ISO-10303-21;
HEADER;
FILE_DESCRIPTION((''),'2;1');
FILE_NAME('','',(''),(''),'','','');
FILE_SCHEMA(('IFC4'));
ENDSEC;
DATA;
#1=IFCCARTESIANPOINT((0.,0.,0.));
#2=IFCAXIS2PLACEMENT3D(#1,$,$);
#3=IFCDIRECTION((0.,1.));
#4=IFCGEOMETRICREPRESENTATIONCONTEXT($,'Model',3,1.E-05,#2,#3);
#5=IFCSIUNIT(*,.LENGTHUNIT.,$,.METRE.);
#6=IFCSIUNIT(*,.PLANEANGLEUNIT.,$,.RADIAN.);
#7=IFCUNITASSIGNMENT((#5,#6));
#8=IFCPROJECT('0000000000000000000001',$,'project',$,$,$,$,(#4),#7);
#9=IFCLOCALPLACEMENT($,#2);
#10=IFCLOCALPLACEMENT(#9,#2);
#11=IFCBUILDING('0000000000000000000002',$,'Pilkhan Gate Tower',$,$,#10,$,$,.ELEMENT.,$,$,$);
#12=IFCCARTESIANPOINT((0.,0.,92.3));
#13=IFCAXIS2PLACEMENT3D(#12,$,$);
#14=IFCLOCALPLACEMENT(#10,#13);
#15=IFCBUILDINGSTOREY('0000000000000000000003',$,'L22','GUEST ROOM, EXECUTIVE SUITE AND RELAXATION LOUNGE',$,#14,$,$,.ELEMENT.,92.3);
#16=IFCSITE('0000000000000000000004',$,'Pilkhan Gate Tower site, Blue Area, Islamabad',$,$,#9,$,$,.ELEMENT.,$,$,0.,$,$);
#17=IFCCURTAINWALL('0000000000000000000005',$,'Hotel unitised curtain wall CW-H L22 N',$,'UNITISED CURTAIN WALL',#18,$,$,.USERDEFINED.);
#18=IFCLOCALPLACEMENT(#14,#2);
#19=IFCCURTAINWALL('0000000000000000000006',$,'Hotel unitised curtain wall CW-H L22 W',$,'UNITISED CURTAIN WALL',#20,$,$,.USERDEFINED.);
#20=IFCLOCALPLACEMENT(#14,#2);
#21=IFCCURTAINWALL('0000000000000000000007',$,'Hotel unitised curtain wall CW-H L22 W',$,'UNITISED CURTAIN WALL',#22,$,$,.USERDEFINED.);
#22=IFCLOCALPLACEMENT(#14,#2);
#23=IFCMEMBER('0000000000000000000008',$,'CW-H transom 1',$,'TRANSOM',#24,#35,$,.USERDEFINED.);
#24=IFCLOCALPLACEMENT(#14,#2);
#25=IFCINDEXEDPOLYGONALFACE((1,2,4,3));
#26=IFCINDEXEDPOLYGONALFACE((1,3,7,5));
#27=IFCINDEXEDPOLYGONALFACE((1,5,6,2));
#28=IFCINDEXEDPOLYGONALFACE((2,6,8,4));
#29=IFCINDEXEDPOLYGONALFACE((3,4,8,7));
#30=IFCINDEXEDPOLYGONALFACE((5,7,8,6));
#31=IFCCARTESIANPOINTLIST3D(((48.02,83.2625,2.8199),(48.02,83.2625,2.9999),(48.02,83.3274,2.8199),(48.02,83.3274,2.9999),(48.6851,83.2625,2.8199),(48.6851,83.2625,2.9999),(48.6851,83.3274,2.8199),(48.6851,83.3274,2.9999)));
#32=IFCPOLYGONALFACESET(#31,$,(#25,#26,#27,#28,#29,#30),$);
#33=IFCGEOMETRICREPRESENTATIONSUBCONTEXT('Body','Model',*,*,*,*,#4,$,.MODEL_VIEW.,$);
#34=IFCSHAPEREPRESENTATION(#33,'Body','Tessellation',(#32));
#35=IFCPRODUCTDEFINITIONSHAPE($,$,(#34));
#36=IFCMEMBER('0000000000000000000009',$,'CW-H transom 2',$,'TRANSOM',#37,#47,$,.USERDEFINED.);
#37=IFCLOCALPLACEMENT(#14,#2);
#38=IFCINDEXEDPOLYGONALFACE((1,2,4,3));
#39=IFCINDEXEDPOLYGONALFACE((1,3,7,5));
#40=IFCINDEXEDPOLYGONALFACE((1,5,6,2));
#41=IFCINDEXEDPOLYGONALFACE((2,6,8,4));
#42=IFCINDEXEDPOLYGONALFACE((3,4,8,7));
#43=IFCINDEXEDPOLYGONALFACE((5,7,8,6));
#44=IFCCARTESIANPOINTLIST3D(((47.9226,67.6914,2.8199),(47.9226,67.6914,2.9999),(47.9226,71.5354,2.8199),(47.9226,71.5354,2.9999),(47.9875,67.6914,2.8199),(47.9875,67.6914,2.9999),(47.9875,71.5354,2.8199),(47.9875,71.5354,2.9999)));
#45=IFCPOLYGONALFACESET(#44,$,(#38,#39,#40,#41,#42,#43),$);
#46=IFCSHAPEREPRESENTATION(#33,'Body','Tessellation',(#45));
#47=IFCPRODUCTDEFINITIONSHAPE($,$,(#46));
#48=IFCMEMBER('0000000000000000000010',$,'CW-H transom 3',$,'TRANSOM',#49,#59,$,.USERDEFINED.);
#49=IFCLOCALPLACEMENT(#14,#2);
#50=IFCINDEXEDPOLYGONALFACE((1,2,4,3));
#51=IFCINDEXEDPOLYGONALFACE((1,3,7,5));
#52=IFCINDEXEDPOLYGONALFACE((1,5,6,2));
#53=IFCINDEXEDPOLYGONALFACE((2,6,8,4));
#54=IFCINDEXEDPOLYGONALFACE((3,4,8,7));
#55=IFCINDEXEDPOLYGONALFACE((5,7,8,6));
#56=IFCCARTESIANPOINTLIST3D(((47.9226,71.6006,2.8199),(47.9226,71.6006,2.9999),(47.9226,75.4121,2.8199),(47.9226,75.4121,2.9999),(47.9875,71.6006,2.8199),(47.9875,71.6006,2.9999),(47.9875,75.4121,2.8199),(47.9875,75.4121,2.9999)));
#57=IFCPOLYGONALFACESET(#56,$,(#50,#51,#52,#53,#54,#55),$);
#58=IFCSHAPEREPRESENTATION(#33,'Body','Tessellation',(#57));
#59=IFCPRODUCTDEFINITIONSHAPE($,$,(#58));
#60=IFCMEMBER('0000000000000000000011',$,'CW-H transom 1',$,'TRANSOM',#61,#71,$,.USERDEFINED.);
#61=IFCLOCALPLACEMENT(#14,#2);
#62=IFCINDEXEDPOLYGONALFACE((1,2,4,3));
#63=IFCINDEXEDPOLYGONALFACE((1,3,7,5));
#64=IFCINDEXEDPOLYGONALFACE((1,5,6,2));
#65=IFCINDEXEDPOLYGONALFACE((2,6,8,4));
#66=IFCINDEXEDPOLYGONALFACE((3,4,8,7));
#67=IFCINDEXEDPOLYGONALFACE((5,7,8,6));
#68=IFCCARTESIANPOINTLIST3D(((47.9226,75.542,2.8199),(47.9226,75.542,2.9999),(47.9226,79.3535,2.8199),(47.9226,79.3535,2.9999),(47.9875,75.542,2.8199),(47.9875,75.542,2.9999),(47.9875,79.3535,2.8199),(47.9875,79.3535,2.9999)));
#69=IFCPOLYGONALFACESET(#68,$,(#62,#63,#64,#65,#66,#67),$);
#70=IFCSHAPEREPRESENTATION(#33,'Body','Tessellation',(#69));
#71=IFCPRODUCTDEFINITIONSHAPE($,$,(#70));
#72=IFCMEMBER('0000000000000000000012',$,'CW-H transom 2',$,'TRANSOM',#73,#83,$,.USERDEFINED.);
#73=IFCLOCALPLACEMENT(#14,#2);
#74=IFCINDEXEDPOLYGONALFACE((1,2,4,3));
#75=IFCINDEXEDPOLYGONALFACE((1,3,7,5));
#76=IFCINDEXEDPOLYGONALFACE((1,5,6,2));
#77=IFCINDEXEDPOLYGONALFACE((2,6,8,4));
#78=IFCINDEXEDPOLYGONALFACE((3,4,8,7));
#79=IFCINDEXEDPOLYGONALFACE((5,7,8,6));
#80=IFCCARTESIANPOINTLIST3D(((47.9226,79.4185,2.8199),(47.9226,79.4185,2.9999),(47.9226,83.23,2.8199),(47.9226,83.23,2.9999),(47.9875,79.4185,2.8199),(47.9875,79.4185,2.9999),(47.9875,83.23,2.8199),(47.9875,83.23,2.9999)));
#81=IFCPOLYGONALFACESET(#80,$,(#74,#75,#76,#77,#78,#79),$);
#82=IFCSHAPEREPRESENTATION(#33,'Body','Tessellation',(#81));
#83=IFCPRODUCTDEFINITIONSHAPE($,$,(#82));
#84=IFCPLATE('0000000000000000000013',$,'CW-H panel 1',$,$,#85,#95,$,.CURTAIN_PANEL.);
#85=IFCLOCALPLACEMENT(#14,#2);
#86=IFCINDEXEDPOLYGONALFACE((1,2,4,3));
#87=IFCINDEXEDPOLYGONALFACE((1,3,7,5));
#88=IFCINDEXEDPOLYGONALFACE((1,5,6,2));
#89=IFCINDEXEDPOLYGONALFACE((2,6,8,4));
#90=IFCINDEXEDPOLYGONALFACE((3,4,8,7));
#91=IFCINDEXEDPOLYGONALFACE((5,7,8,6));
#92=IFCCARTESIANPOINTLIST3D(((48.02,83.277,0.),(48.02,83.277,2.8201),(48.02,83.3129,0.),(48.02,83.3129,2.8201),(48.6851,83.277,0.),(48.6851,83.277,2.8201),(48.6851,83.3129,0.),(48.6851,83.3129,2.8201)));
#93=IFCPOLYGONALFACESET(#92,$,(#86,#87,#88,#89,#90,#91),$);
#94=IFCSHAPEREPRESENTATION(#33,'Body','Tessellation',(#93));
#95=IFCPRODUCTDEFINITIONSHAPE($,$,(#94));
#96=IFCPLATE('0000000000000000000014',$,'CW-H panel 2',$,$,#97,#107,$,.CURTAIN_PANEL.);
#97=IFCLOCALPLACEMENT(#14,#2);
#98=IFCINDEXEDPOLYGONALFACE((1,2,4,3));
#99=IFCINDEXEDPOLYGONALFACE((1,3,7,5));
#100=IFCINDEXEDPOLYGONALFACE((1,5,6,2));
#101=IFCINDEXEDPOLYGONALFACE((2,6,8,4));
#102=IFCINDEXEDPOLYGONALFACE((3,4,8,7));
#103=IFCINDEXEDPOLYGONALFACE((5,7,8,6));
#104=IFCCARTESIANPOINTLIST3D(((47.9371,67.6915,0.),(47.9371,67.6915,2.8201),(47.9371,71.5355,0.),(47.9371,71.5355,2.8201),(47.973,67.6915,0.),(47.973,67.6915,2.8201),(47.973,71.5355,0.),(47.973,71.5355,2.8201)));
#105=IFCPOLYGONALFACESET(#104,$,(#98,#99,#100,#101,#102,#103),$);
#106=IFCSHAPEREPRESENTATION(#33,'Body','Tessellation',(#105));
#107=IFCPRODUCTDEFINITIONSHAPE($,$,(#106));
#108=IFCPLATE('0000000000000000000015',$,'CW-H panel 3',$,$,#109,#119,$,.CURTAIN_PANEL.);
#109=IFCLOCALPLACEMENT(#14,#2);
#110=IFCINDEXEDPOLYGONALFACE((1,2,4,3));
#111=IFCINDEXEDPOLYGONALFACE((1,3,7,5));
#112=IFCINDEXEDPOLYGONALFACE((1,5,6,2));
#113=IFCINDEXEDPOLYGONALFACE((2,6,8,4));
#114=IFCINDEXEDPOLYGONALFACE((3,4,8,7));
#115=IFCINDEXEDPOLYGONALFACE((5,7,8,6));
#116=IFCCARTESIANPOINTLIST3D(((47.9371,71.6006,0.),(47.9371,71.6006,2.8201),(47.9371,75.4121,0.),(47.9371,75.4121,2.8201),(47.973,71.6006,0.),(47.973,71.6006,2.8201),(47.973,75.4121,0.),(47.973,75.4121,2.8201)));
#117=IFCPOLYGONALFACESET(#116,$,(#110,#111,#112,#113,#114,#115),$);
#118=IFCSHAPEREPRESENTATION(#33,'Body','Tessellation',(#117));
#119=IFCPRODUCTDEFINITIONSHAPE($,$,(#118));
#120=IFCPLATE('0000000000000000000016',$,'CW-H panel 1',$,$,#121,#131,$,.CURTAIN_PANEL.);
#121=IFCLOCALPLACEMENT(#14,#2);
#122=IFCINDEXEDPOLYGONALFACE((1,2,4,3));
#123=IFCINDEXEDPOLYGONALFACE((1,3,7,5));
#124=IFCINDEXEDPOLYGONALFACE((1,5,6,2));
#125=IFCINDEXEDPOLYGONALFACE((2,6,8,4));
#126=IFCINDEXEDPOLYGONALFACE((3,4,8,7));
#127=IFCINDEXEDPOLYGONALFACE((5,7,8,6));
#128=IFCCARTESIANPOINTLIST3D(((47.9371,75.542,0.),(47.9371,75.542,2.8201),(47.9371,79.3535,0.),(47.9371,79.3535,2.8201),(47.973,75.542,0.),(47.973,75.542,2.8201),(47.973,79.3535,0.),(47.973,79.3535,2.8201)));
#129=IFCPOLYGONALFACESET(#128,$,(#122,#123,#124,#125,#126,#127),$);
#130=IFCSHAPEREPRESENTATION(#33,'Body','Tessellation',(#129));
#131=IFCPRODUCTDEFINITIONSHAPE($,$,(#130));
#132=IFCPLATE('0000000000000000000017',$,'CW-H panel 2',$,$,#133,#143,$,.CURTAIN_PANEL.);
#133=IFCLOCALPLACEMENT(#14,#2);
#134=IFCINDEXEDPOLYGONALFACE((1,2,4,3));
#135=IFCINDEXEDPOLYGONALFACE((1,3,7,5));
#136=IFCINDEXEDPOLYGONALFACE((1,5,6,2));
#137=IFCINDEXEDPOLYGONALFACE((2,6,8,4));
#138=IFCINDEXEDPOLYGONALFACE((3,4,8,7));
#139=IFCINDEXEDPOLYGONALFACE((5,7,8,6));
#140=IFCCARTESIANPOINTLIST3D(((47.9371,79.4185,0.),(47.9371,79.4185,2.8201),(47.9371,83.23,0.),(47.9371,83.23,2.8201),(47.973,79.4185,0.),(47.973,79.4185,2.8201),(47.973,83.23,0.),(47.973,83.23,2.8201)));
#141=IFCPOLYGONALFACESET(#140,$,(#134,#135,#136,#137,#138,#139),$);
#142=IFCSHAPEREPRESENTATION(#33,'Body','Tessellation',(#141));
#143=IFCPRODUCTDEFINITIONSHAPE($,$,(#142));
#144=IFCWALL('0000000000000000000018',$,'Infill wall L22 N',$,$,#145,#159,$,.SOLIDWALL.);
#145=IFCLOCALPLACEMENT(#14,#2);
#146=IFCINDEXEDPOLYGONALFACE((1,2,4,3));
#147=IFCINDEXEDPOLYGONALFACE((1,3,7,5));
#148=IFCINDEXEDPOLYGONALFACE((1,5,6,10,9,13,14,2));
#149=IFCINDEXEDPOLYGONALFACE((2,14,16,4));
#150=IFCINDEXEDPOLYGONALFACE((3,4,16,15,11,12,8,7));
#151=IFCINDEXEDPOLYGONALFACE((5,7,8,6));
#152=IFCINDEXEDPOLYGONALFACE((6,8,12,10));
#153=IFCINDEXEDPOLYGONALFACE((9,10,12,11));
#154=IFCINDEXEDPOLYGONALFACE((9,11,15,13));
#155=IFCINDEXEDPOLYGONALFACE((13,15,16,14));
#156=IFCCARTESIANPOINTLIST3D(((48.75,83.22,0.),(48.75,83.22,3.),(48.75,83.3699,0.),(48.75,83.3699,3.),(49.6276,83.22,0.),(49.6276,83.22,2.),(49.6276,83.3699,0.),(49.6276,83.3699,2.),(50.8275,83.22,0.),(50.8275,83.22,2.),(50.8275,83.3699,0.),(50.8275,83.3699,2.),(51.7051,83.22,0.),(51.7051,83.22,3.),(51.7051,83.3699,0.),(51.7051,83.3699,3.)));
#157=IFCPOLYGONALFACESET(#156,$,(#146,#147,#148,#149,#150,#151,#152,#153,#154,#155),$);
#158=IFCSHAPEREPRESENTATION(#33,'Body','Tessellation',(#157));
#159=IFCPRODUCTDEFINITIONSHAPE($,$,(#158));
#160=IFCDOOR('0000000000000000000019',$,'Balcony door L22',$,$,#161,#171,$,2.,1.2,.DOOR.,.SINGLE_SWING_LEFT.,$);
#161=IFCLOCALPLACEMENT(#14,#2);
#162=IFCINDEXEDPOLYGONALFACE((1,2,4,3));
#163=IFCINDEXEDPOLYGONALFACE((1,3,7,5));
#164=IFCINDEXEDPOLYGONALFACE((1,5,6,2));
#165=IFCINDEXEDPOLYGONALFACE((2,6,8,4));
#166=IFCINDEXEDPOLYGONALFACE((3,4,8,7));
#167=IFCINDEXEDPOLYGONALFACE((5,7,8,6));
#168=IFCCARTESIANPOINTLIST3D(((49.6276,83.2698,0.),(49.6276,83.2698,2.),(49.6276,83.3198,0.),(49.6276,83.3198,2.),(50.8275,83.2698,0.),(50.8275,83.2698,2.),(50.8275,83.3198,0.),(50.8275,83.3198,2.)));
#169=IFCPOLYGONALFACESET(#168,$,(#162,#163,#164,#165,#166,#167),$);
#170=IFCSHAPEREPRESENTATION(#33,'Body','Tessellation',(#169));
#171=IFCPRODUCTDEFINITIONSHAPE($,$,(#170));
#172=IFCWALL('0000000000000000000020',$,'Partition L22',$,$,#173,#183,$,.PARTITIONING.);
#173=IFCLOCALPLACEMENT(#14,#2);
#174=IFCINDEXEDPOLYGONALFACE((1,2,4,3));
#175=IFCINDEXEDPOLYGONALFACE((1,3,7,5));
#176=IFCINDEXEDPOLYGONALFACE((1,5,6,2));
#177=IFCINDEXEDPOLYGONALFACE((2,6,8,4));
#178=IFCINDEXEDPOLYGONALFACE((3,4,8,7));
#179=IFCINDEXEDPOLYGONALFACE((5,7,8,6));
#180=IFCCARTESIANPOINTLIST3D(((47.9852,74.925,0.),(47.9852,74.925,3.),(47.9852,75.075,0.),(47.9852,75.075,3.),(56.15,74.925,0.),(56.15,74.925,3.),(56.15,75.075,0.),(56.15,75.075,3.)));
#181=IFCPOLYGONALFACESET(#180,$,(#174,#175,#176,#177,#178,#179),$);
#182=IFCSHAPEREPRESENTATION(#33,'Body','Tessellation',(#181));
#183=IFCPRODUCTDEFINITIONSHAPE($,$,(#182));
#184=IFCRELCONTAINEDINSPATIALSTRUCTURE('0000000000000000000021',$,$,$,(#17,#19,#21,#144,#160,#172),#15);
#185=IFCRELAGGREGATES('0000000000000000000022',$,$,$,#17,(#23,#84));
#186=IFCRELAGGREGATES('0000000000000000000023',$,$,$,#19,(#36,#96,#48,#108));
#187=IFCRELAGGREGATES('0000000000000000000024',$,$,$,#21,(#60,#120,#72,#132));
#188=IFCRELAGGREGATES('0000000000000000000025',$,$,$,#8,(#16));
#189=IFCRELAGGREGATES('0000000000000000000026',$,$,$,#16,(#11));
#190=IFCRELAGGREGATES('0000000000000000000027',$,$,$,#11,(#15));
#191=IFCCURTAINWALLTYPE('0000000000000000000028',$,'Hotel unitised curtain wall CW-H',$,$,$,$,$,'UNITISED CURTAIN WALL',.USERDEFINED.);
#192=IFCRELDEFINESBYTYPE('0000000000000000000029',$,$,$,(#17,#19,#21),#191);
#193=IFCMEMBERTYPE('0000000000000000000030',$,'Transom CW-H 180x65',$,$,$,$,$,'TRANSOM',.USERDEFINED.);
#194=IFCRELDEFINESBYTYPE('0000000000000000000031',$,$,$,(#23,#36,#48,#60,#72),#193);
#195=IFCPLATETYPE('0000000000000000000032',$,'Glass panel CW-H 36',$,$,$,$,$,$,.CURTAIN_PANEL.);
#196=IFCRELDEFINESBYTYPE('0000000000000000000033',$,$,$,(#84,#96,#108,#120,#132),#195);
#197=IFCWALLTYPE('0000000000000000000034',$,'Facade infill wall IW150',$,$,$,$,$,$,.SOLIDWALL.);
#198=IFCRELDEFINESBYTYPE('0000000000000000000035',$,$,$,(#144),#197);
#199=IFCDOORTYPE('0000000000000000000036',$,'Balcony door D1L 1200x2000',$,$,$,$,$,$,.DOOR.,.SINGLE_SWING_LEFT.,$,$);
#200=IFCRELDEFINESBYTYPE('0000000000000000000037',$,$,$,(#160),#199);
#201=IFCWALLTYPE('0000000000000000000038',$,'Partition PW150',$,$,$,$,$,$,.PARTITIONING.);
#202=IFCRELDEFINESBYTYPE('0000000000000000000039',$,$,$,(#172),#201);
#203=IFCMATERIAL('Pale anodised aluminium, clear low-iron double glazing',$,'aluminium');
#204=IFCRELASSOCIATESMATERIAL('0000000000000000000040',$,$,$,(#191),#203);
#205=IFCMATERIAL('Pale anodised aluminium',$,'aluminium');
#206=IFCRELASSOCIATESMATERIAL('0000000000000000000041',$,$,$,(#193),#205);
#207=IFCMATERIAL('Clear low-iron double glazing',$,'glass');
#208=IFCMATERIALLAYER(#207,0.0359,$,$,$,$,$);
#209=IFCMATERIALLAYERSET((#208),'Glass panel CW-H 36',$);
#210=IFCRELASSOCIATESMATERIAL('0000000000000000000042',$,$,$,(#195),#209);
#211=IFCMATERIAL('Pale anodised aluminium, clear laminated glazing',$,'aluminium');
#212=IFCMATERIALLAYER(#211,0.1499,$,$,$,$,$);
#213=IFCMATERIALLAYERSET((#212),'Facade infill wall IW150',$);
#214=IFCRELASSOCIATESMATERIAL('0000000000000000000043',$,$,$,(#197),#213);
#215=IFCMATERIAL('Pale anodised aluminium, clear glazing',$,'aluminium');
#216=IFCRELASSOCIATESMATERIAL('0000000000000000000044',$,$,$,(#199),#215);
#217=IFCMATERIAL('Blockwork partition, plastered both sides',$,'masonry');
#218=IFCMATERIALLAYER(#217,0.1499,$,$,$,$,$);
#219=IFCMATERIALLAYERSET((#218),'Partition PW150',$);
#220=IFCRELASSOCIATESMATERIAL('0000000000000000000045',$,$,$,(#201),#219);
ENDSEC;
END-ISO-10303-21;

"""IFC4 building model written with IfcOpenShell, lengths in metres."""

from ifc_helpers import new_model, si_unit, direction, frame, frame_2d, origin, origin_2d, place, context, subcontext, project, spatial, rectangle, extrude, material, layer, layer_set, material_profile, profile_set, type_object, element, fill, aggregate, save


model = new_model("IFC4")

# Units and contexts
model_context = context("Model", 3, precision=1e-05, world=origin(), true_north=direction((0.0, 1.0)))
body_context = subcontext(model_context, "Body", "Model", "MODEL_VIEW")
ifc_project = project(units=[si_unit("LENGTHUNIT", "METRE"), si_unit("PLANEANGLEUNIT", "RADIAN")], contexts=[model_context])

# Site, building, storey
site_placement = place(None, origin())
site = spatial("IfcSite", under=ifc_project, at=site_placement, Name="Pilkhan Gate Tower site, Blue Area, Islamabad", CompositionType="ELEMENT", RefElevation=0.0)
building_placement = place(site_placement, origin())
building = spatial("IfcBuilding", under=site, at=building_placement, Name="Pilkhan Gate Tower", CompositionType="ELEMENT")
storey_placement = place(building_placement, frame((0.0, 0.0, 92.3)))
storey = spatial("IfcBuildingStorey", under=building, at=storey_placement, Name="L22", Description="GUEST ROOM, EXECUTIVE SUITE AND RELAXATION LOUNGE", CompositionType="ELEMENT", Elevation=92.3)

# Curtain walls
ifc_material_1 = material(Name="Pale anodised aluminium, clear low-iron double glazing", Category="aluminium")
curtain_wall_type = type_object("IfcCurtainWallType", Name="Hotel unitised curtain wall CW-H", ElementType="UNITISED CURTAIN WALL", PredefinedType="USERDEFINED", material=ifc_material_1)
curtain_wall_1_placement = place(storey_placement, origin())
curtain_wall_1 = element("IfcCurtainWall", 1, at=curtain_wall_1_placement, inside=storey, type_object=curtain_wall_type, Name="Hotel unitised curtain wall CW-H L22 N", ObjectType="UNITISED CURTAIN WALL", PredefinedType="USERDEFINED")
ifc_material_2 = material(Name="Pale anodised aluminium", Category="aluminium")
curtain_wall_2_placement = place(storey_placement, origin())
curtain_wall_2 = element("IfcCurtainWall", 2, at=curtain_wall_2_placement, inside=storey, type_object=curtain_wall_type, Name="Hotel unitised curtain wall CW-H L22 W", ObjectType="UNITISED CURTAIN WALL", PredefinedType="USERDEFINED")
curtain_wall_3_placement = place(storey_placement, origin())
curtain_wall_3 = element("IfcCurtainWall", 3, at=curtain_wall_3_placement, inside=storey, type_object=curtain_wall_type, Name="Hotel unitised curtain wall CW-H L22 W", ObjectType="UNITISED CURTAIN WALL", PredefinedType="USERDEFINED")

# Members
ifc_material_profile_1 = material_profile(ifc_material_2, rectangle(XDim=0.0649, YDim=0.1799, at=origin_2d()), Name="Transom 180x65")
ifc_profile_set_1 = profile_set([ifc_material_profile_1], Name="Pale anodised aluminium")
member_type_1 = type_object("IfcMemberType", Name="Transom CW-H 180x65", ElementType="TRANSOM", PredefinedType="USERDEFINED", material=ifc_profile_set_1)
member_1_placement = place(storey_placement, frame((48.02, 83.2949, 2.9099), z_axis=(1.0, 0.0, 0.0), x_axis=(0.0, 1.0, 0.0)))
member_1 = element("IfcMember", 4, at=member_1_placement, type_object=member_type_1, Name="CW-H transom 1", ObjectType="TRANSOM", PredefinedType="USERDEFINED", context=body_context, shape_type="SweptSolid", body=[
    extrude(rectangle(XDim=0.0649, YDim=0.1799, at=origin_2d()), origin(), (0.0, 0.0, 1.0), 0.665),
])
member_2_placement = place(storey_placement, frame((47.9551, 67.6914, 2.9099), z_axis=(0.0, 1.0, 0.0), x_axis=(-1.0, 0.0, 0.0)))
member_2 = element("IfcMember", 5, at=member_2_placement, type_object=member_type_1, Name="CW-H transom 2", ObjectType="TRANSOM", PredefinedType="USERDEFINED", context=body_context, shape_type="SweptSolid", body=[
    extrude(rectangle(XDim=0.0649, YDim=0.1799, at=origin_2d()), origin(), (0.0, 0.0, 1.0), 3.844),
])
member_3_placement = place(storey_placement, frame((47.9551, 71.6006, 2.9099), z_axis=(0.0, 1.0, 0.0), x_axis=(-1.0, 0.0, 0.0)))
member_3 = element("IfcMember", 6, at=member_3_placement, type_object=member_type_1, Name="CW-H transom 3", ObjectType="TRANSOM", PredefinedType="USERDEFINED", context=body_context, shape_type="SweptSolid", body=[
    extrude(rectangle(XDim=0.0649, YDim=0.1799, at=origin_2d()), origin(), (0.0, 0.0, 1.0), 3.8115),
])
member_4_placement = place(storey_placement, frame((47.9551, 75.542, 2.9099), z_axis=(0.0, 1.0, 0.0), x_axis=(-1.0, 0.0, 0.0)))
member_4 = element("IfcMember", 7, at=member_4_placement, type_object=member_type_1, Name="CW-H transom 1", ObjectType="TRANSOM", PredefinedType="USERDEFINED", context=body_context, shape_type="SweptSolid", body=[
    extrude(rectangle(XDim=0.0649, YDim=0.1799, at=origin_2d()), origin(), (0.0, 0.0, 1.0), 3.8115),
])
member_5_placement = place(storey_placement, frame((47.9551, 79.4185, 2.9099), z_axis=(0.0, 1.0, 0.0), x_axis=(-1.0, 0.0, 0.0)))
member_5 = element("IfcMember", 8, at=member_5_placement, type_object=member_type_1, Name="CW-H transom 2", ObjectType="TRANSOM", PredefinedType="USERDEFINED", context=body_context, shape_type="SweptSolid", body=[
    extrude(rectangle(XDim=0.0649, YDim=0.1799, at=origin_2d()), origin(), (0.0, 0.0, 1.0), 3.8115),
])

# Plates
ifc_material_3 = material(Name="Clear low-iron double glazing", Category="glass")
ifc_layer_1 = layer(ifc_material_3, 0.0359)
ifc_layer_set_1 = layer_set([ifc_layer_1], Name="Glass panel CW-H 36")
plate_type = type_object("IfcPlateType", Name="Glass panel CW-H 36", PredefinedType="CURTAIN_PANEL", material=ifc_layer_set_1)
plate_1_placement = place(storey_placement, frame((48.3525, 83.2949, 0.0), z_axis=(0.0, 0.0, 1.0), x_axis=(1.0, 0.0, 0.0)))
plate_1 = element("IfcPlate", 9, at=plate_1_placement, type_object=plate_type, Name="CW-H panel 1", PredefinedType="CURTAIN_PANEL", context=body_context, shape_type="SweptSolid", body=[
    extrude(rectangle(XDim=0.665, YDim=0.0359, at=origin_2d()), origin(), (0.0, 0.0, 1.0), 2.8201),
])
aggregate(curtain_wall_1, [member_1, plate_1])
plate_2_placement = place(storey_placement, frame((47.9551, 69.6135, 0.0), z_axis=(0.0, 0.0, 1.0), x_axis=(0.0, 1.0, 0.0)))
plate_2 = element("IfcPlate", 10, at=plate_2_placement, type_object=plate_type, Name="CW-H panel 2", PredefinedType="CURTAIN_PANEL", context=body_context, shape_type="SweptSolid", body=[
    extrude(rectangle(XDim=3.844, YDim=0.0359, at=origin_2d()), origin(), (0.0, 0.0, 1.0), 2.8201),
])
plate_3_placement = place(storey_placement, frame((47.9551, 73.5063, 0.0), z_axis=(0.0, 0.0, 1.0), x_axis=(0.0, 1.0, 0.0)))
plate_3 = element("IfcPlate", 11, at=plate_3_placement, type_object=plate_type, Name="CW-H panel 3", PredefinedType="CURTAIN_PANEL", context=body_context, shape_type="SweptSolid", body=[
    extrude(rectangle(XDim=3.8115, YDim=0.0359, at=origin_2d()), origin(), (0.0, 0.0, 1.0), 2.8201),
])
aggregate(curtain_wall_2, [member_2, plate_2, member_3, plate_3])
plate_4_placement = place(storey_placement, frame((47.9551, 77.4478, 0.0), z_axis=(0.0, 0.0, 1.0), x_axis=(0.0, 1.0, 0.0)))
plate_4 = element("IfcPlate", 12, at=plate_4_placement, type_object=plate_type, Name="CW-H panel 1", PredefinedType="CURTAIN_PANEL", context=body_context, shape_type="SweptSolid", body=[
    extrude(rectangle(XDim=3.8115, YDim=0.0359, at=origin_2d()), origin(), (0.0, 0.0, 1.0), 2.8201),
])
plate_5_placement = place(storey_placement, frame((47.9551, 81.3242, 0.0), z_axis=(0.0, 0.0, 1.0), x_axis=(0.0, 1.0, 0.0)))
plate_5 = element("IfcPlate", 13, at=plate_5_placement, type_object=plate_type, Name="CW-H panel 2", PredefinedType="CURTAIN_PANEL", context=body_context, shape_type="SweptSolid", body=[
    extrude(rectangle(XDim=3.8115, YDim=0.0359, at=origin_2d()), origin(), (0.0, 0.0, 1.0), 2.8201),
])
aggregate(curtain_wall_3, [member_4, plate_4, member_5, plate_5])

# Wall, opening, door
ifc_material_4 = material(Name="Pale anodised aluminium, clear laminated glazing", Category="aluminium")
ifc_layer_2 = layer(ifc_material_4, 0.1499)
ifc_layer_set_2 = layer_set([ifc_layer_2], Name="Facade infill wall IW150")
wall_type_1 = type_object("IfcWallType", Name="Facade infill wall IW150", PredefinedType="SOLIDWALL", material=ifc_layer_set_2)
wall_1_placement = place(storey_placement, frame((48.75, 83.2949, 0.0), z_axis=(0.0, 0.0, 1.0), x_axis=(1.0, 0.0, 0.0)))
wall_1 = element("IfcWall", 14, at=wall_1_placement, inside=storey, type_object=wall_type_1, Name="Infill wall L22 N", PredefinedType="SOLIDWALL", context=body_context, shape_type="SweptSolid", body=[
    extrude(rectangle(XDim=2.9551, YDim=0.1499, at=frame_2d((1.4775, 0.0))), origin(), (0.0, 0.0, 1.0), 3.0),
])
opening_1_placement = place(wall_1_placement, frame((0.8774, 0.0, 0.0)))
opening_1 = element("IfcOpeningElement", 15, at=opening_1_placement, cuts=wall_1, PredefinedType="OPENING", context=body_context, shape_type="SweptSolid", body=[
    extrude(rectangle(XDim=1.2, YDim=2.0, at=frame_2d((0.6001, 1.0))), frame((0.0, 0.085, 0.0), z_axis=(0.0, -1.0, 0.0), x_axis=(1.0, 0.0, 0.0)), (0.0, 0.0, 1.0), 0.1699),
])
ifc_material_5 = material(Name="Pale anodised aluminium, clear glazing", Category="aluminium")
door_type_1 = type_object("IfcDoorType", Name="Balcony door D1L 1200x2000", OperationType="SINGLE_SWING_LEFT", PredefinedType="DOOR", material=ifc_material_5)
door_1_placement = place(opening_1_placement, origin())
door_1 = element("IfcDoor", 16, at=door_1_placement, inside=storey, type_object=door_type_1, Name="Balcony door L22", OperationType="SINGLE_SWING_LEFT", OverallHeight=2.0, OverallWidth=1.2, PredefinedType="DOOR", context=body_context, shape_type="SweptSolid", body=[
    extrude(rectangle(XDim=1.2, YDim=2.0, at=frame_2d((0.6001, 1.0))), frame((0.0, 0.0249, 0.0), z_axis=(0.0, -1.0, 0.0), x_axis=(1.0, 0.0, 0.0)), (0.0, 0.0, 1.0), 0.05),
])
fill(opening_1, door_1)

# Wall
ifc_material_6 = material(Name="Blockwork partition, plastered both sides", Category="masonry")
ifc_layer_3 = layer(ifc_material_6, 0.1499)
ifc_layer_set_3 = layer_set([ifc_layer_3], Name="Partition PW150")
wall_type_2 = type_object("IfcWallType", Name="Partition PW150", PredefinedType="PARTITIONING", material=ifc_layer_set_3)
wall_2_placement = place(storey_placement, frame((47.9851, 75.0, 0.0), z_axis=(0.0, 0.0, 1.0), x_axis=(1.0, 0.0, 0.0)))
element("IfcWall", 17, at=wall_2_placement, inside=storey, type_object=wall_type_2, Name="Partition L22", PredefinedType="PARTITIONING", context=body_context, shape_type="SweptSolid", body=[
    extrude(rectangle(XDim=8.1648, YDim=0.1499, at=frame_2d((4.0825, 0.0))), origin(), (0.0, 0.0, 1.0), 3.0),
])

save(model, "model.ifc")
